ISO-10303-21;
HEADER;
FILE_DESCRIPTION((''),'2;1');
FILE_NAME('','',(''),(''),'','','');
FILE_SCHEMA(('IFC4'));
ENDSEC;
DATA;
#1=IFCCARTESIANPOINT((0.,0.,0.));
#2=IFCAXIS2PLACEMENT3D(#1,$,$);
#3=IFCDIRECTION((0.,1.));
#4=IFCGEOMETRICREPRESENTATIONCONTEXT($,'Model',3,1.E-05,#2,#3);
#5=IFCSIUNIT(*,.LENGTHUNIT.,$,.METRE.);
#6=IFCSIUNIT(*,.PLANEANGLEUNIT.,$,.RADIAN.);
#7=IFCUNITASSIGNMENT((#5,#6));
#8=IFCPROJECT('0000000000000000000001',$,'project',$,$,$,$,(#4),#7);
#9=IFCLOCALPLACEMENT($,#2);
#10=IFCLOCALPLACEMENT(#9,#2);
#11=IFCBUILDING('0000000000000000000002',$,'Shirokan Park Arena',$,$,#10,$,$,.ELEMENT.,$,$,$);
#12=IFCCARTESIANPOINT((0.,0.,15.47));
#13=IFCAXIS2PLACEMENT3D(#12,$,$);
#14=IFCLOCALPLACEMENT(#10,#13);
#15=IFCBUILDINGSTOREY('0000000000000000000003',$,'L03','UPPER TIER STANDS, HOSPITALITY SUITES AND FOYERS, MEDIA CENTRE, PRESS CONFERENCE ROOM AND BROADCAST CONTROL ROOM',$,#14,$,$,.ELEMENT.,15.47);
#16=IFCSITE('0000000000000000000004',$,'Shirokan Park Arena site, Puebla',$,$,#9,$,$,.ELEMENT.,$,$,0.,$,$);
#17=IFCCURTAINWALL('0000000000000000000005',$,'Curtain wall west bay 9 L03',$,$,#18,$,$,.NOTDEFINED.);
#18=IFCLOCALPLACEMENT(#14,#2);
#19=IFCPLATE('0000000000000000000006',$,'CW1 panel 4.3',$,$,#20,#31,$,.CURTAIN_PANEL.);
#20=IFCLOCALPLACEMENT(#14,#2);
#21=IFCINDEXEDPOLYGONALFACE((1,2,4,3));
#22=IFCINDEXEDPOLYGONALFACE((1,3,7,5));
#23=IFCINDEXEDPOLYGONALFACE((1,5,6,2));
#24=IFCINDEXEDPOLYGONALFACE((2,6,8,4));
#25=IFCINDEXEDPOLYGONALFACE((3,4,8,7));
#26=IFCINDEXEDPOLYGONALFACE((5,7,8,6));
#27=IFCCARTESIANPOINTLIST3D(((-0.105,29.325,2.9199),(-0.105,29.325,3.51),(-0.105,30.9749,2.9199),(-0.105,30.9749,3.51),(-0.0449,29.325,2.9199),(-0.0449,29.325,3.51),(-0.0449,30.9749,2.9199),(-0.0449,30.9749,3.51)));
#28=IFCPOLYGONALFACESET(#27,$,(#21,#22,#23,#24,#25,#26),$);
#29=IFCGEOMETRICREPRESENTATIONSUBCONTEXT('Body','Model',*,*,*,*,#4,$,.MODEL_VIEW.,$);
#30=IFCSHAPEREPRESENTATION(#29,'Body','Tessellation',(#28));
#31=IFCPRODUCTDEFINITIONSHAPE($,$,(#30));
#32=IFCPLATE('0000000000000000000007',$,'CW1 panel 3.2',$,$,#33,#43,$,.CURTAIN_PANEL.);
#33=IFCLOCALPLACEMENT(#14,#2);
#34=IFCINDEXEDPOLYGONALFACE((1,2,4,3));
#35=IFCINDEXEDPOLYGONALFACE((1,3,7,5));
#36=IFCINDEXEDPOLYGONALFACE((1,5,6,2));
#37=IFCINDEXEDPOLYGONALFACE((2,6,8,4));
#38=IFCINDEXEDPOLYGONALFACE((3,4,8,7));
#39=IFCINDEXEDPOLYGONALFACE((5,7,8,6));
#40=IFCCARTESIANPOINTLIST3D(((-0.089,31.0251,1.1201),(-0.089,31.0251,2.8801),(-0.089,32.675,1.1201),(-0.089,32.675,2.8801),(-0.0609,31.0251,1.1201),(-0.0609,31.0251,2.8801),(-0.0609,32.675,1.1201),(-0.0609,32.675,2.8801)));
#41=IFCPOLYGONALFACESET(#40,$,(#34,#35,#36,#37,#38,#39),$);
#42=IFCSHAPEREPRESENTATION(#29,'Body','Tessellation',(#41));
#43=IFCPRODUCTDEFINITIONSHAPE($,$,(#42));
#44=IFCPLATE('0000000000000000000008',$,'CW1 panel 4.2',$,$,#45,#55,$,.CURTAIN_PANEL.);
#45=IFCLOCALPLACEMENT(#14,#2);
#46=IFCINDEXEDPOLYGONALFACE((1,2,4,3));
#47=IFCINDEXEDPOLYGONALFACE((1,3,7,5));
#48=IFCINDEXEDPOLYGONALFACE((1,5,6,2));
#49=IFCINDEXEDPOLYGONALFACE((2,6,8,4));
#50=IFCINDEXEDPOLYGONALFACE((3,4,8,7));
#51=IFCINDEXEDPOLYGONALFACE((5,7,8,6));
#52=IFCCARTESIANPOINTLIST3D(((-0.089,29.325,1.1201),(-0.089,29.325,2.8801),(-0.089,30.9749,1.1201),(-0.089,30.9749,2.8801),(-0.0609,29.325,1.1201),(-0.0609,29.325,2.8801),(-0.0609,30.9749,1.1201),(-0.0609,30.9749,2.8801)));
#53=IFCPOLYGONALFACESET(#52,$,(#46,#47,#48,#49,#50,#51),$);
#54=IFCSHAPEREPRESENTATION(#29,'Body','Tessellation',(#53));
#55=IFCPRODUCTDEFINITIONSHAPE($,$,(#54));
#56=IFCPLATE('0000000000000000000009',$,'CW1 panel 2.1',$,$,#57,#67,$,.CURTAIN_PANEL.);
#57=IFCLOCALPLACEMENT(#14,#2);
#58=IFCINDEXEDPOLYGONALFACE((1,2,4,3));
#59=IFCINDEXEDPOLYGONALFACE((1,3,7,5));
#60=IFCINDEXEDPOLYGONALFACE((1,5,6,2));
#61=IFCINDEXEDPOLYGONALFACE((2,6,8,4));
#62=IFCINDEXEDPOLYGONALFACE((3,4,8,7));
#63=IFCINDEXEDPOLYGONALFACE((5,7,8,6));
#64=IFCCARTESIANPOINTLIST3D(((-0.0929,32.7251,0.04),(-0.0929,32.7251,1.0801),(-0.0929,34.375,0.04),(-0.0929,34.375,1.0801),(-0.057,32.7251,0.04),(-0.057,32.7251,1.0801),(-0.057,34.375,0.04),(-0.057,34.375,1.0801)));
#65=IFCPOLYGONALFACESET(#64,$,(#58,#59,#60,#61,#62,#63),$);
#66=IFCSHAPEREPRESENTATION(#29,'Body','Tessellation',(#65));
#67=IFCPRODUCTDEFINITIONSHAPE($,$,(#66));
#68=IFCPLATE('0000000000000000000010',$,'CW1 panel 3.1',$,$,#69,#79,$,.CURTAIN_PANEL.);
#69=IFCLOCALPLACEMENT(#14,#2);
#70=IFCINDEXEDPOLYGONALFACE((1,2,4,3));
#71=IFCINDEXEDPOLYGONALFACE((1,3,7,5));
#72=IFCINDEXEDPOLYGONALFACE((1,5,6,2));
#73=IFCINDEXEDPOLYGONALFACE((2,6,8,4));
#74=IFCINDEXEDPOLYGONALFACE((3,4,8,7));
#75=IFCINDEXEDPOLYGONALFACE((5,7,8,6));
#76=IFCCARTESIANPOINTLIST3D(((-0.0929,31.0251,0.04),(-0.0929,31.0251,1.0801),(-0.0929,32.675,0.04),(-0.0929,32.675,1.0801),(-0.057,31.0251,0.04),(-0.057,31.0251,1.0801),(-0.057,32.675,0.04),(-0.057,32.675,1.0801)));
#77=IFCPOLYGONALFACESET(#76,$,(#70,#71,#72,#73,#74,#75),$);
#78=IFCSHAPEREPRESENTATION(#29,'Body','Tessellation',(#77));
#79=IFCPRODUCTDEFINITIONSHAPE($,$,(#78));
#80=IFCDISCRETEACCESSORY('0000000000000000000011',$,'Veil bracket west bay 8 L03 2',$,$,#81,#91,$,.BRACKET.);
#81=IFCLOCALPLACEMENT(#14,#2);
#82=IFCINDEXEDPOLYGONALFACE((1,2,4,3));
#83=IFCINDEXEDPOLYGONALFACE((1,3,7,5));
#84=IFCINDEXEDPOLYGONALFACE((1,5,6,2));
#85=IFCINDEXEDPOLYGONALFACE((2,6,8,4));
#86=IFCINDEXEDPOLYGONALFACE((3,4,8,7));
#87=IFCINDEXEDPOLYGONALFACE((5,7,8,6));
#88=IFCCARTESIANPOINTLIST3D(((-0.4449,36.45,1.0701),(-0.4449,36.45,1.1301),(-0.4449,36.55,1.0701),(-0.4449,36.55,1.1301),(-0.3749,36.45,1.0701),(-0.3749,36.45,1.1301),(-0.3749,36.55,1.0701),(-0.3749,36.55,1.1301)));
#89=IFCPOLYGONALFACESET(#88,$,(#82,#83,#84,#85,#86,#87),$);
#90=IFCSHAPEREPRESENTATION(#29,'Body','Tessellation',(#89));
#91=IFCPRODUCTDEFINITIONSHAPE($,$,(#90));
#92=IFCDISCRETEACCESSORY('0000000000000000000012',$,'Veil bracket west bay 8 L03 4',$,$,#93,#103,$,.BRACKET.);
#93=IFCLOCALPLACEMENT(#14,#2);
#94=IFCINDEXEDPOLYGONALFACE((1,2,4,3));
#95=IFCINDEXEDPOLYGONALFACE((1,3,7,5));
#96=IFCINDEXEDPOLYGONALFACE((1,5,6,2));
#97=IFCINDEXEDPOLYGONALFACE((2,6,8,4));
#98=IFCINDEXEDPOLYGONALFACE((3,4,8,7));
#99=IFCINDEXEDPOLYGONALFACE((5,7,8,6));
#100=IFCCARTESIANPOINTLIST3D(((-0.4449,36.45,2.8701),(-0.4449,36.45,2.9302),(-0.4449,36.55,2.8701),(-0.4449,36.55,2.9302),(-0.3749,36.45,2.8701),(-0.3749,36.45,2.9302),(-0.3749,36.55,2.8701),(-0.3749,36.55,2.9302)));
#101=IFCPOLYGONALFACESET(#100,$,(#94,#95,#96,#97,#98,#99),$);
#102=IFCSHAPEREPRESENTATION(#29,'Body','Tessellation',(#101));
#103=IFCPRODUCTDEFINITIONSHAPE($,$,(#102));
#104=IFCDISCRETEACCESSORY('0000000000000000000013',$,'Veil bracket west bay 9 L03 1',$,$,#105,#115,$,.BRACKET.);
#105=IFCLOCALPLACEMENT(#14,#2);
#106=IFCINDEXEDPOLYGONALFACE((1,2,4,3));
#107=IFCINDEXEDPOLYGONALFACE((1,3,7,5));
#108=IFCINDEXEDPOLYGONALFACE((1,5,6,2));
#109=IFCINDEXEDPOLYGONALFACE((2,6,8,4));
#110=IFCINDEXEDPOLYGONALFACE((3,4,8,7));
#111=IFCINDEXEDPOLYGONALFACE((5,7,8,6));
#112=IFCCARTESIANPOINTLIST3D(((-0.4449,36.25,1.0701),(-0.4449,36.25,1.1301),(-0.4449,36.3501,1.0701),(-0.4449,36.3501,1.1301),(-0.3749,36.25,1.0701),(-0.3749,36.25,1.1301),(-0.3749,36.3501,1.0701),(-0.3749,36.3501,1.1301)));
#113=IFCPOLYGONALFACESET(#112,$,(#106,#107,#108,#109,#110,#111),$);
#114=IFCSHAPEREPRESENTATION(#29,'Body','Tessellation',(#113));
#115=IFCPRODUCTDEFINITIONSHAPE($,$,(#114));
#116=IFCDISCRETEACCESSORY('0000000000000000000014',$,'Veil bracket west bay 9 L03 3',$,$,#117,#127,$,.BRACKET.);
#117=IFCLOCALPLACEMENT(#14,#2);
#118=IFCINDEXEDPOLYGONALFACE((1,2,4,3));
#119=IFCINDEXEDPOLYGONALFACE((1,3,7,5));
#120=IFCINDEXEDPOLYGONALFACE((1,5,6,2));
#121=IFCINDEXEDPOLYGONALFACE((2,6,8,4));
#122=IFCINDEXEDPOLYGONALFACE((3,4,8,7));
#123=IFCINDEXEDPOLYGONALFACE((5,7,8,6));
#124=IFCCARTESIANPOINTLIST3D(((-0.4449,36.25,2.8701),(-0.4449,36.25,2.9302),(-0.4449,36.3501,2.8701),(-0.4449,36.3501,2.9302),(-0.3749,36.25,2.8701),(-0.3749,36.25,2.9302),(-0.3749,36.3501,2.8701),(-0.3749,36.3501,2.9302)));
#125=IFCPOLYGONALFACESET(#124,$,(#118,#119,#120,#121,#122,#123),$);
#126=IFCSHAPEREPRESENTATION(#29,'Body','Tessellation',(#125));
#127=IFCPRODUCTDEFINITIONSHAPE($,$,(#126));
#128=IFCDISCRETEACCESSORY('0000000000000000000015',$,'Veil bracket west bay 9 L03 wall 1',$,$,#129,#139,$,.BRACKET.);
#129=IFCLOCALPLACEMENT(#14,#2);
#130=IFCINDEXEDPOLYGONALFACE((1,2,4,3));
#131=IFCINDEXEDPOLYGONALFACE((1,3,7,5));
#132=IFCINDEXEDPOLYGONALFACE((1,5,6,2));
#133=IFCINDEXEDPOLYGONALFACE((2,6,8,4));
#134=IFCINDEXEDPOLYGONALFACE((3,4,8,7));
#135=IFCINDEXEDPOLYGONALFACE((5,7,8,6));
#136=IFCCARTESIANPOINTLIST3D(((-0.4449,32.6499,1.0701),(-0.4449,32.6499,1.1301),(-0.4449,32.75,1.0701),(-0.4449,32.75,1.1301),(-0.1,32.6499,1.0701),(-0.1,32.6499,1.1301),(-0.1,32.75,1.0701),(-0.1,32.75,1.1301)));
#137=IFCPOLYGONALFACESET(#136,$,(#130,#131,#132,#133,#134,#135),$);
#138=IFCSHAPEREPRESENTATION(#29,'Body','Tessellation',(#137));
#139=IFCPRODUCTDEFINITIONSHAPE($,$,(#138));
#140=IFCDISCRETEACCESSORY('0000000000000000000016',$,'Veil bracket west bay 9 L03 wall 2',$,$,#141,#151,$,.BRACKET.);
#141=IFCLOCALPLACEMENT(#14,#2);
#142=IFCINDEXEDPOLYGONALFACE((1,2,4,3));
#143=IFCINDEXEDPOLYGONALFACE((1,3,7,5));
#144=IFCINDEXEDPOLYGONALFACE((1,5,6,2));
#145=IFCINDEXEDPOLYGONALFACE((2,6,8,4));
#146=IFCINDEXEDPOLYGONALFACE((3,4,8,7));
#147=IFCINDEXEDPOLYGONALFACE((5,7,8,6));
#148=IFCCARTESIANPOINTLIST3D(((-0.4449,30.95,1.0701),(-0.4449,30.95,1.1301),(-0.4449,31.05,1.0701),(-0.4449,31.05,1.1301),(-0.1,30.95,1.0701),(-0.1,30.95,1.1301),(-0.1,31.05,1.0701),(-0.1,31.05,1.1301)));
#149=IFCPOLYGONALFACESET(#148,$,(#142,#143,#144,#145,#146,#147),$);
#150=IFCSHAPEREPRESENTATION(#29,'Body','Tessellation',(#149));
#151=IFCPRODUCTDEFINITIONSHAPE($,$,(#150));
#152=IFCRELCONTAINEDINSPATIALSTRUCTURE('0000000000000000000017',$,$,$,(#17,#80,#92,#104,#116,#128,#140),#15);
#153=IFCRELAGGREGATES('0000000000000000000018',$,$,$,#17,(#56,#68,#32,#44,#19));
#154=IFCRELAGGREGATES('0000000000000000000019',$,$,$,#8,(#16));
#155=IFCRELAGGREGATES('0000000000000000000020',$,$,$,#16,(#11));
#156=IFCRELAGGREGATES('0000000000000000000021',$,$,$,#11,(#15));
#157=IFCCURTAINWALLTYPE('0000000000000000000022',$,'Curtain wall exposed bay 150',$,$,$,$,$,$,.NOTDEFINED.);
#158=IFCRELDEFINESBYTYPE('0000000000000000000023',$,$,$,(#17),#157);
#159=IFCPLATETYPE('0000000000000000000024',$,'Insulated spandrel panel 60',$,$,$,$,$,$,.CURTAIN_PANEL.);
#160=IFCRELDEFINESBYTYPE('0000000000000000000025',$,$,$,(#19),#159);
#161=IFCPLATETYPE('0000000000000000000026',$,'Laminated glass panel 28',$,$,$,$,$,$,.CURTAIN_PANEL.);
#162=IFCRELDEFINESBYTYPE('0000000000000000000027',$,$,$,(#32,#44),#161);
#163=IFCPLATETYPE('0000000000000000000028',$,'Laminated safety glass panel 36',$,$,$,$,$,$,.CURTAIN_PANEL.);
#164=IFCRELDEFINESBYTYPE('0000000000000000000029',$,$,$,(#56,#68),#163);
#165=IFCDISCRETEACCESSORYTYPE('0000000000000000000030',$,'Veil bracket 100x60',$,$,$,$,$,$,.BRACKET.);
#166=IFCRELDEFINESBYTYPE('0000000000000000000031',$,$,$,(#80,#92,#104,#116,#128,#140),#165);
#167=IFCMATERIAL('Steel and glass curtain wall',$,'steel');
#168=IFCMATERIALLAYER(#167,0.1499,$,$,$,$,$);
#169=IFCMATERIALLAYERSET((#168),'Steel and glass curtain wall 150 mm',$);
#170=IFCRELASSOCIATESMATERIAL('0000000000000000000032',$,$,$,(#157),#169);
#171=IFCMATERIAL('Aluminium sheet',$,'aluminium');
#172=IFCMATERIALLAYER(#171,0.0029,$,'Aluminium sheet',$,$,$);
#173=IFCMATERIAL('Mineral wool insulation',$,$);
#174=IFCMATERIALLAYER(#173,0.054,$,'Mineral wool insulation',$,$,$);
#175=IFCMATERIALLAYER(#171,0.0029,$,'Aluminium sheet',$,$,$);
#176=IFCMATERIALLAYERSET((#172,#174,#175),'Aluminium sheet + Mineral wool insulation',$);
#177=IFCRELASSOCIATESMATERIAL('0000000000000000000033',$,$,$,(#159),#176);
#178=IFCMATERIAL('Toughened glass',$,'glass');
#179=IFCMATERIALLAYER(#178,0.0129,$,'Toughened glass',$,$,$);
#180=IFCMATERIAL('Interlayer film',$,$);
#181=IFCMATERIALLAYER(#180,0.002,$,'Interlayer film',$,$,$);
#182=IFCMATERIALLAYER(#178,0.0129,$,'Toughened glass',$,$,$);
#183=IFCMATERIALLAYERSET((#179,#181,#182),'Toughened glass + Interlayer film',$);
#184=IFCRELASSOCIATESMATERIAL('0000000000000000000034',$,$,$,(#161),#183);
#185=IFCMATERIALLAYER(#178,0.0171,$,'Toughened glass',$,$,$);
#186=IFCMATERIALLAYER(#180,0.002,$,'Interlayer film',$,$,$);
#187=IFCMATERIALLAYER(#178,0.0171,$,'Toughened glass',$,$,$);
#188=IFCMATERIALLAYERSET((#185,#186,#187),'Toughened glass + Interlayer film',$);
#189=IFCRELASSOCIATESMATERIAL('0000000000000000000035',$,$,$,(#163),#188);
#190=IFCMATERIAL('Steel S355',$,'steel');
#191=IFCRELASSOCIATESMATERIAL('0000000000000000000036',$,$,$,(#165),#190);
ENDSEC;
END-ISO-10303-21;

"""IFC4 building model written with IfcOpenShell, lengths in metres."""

from ifc_helpers import new_model, si_unit, direction, frame, origin, origin_2d, place, context, subcontext, project, spatial, rectangle, extrude, material, layer, layer_set, type_object, element, aggregate, save


model = new_model("IFC4")

# Units and contexts
model_context = context("Model", 3, precision=1e-05, world=origin(), true_north=direction((0.0, 1.0)))
body_context = subcontext(model_context, "Body", "Model", "MODEL_VIEW")
ifc_project = project(units=[si_unit("LENGTHUNIT", "METRE"), si_unit("PLANEANGLEUNIT", "RADIAN")], contexts=[model_context])

# Site, building, storey
site_placement = place(None, origin())
site = spatial("IfcSite", under=ifc_project, at=site_placement, Name="Shirokan Park Arena site, Puebla", CompositionType="ELEMENT", RefElevation=0.0)
building_placement = place(site_placement, origin())
building = spatial("IfcBuilding", under=site, at=building_placement, Name="Shirokan Park Arena", CompositionType="ELEMENT")
storey_placement = place(building_placement, frame((0.0, 0.0, 15.47)))
storey = spatial("IfcBuildingStorey", under=building, at=storey_placement, Name="L03", Description="UPPER TIER STANDS, HOSPITALITY SUITES AND FOYERS, MEDIA CENTRE, PRESS CONFERENCE ROOM AND BROADCAST CONTROL ROOM", CompositionType="ELEMENT", Elevation=15.47)

# Curtain wall, plates
ifc_material_1 = material(Name="Steel and glass curtain wall", Category="steel")
ifc_layer_1 = layer(ifc_material_1, 0.1499)
ifc_layer_set_1 = layer_set([ifc_layer_1], Name="Steel and glass curtain wall 150 mm")
curtain_wall_type = type_object("IfcCurtainWallType", Name="Curtain wall exposed bay 150", PredefinedType="NOTDEFINED", material=ifc_layer_set_1)
curtain_wall_placement = place(storey_placement, origin())
curtain_wall = element("IfcCurtainWall", 1, at=curtain_wall_placement, inside=storey, type_object=curtain_wall_type, Name="Curtain wall west bay 9 L03", PredefinedType="NOTDEFINED")
ifc_material_2 = material(Name="Steel S355", Category="steel")
ifc_material_3 = material(Name="Aluminium sheet", Category="aluminium")
ifc_layer_2 = layer(ifc_material_3, 0.0029, Name="Aluminium sheet")
ifc_material_4 = material(Name="Mineral wool insulation")
ifc_layer_3 = layer(ifc_material_4, 0.054, Name="Mineral wool insulation")
ifc_layer_4 = layer(ifc_material_3, 0.0029, Name="Aluminium sheet")
ifc_layer_set_2 = layer_set([ifc_layer_2, ifc_layer_3, ifc_layer_4], Name="Aluminium sheet + Mineral wool insulation")
plate_type_1 = type_object("IfcPlateType", Name="Insulated spandrel panel 60", PredefinedType="CURTAIN_PANEL", material=ifc_layer_set_2)
plate_1_placement = place(storey_placement, frame((-0.075, 30.1499, 2.9199), z_axis=(0.0, 0.0, 1.0), x_axis=(0.0, -1.0, 0.0)))
plate_1 = element("IfcPlate", 2, at=plate_1_placement, type_object=plate_type_1, Name="CW1 panel 4.3", PredefinedType="CURTAIN_PANEL", context=body_context, shape_type="SweptSolid", body=[
    extrude(rectangle(XDim=1.6499, YDim=0.0601, at=origin_2d()), origin(), (0.0, 0.0, 1.0), 0.5901),
])
ifc_material_5 = material(Name="Toughened glass", Category="glass")
ifc_layer_5 = layer(ifc_material_5, 0.0129, Name="Toughened glass")
ifc_material_6 = material(Name="Interlayer film")
ifc_layer_6 = layer(ifc_material_6, 0.002, Name="Interlayer film")
ifc_layer_7 = layer(ifc_material_5, 0.0129, Name="Toughened glass")
ifc_layer_set_3 = layer_set([ifc_layer_5, ifc_layer_6, ifc_layer_7], Name="Toughened glass + Interlayer film")
plate_type_2 = type_object("IfcPlateType", Name="Laminated glass panel 28", PredefinedType="CURTAIN_PANEL", material=ifc_layer_set_3)
plate_2_placement = place(storey_placement, frame((-0.075, 31.8501, 1.1201), z_axis=(0.0, 0.0, 1.0), x_axis=(0.0, -1.0, 0.0)))
plate_2 = element("IfcPlate", 3, at=plate_2_placement, type_object=plate_type_2, Name="CW1 panel 3.2", PredefinedType="CURTAIN_PANEL", context=body_context, shape_type="SweptSolid", body=[
    extrude(rectangle(XDim=1.6499, YDim=0.0281, at=origin_2d()), origin(), (0.0, 0.0, 1.0), 1.76),
])
plate_3_placement = place(storey_placement, frame((-0.075, 30.1499, 1.1201), z_axis=(0.0, 0.0, 1.0), x_axis=(0.0, -1.0, 0.0)))
plate_3 = element("IfcPlate", 4, at=plate_3_placement, type_object=plate_type_2, Name="CW1 panel 4.2", PredefinedType="CURTAIN_PANEL", context=body_context, shape_type="SweptSolid", body=[
    extrude(rectangle(XDim=1.6499, YDim=0.0281, at=origin_2d()), origin(), (0.0, 0.0, 1.0), 1.76),
])
ifc_layer_8 = layer(ifc_material_5, 0.0171, Name="Toughened glass")
ifc_layer_9 = layer(ifc_material_6, 0.002, Name="Interlayer film")
ifc_layer_10 = layer(ifc_material_5, 0.0171, Name="Toughened glass")
ifc_layer_set_4 = layer_set([ifc_layer_8, ifc_layer_9, ifc_layer_10], Name="Toughened glass + Interlayer film")
plate_type_3 = type_object("IfcPlateType", Name="Laminated safety glass panel 36", PredefinedType="CURTAIN_PANEL", material=ifc_layer_set_4)
plate_4_placement = place(storey_placement, frame((-0.075, 33.55, 0.04), z_axis=(0.0, 0.0, 1.0), x_axis=(0.0, -1.0, 0.0)))
plate_4 = element("IfcPlate", 5, at=plate_4_placement, type_object=plate_type_3, Name="CW1 panel 2.1", PredefinedType="CURTAIN_PANEL", context=body_context, shape_type="SweptSolid", body=[
    extrude(rectangle(XDim=1.6499, YDim=0.0359, at=origin_2d()), origin(), (0.0, 0.0, 1.0), 1.04),
])
plate_5_placement = place(storey_placement, frame((-0.075, 31.8501, 0.04), z_axis=(0.0, 0.0, 1.0), x_axis=(0.0, -1.0, 0.0)))
plate_5 = element("IfcPlate", 6, at=plate_5_placement, type_object=plate_type_3, Name="CW1 panel 3.1", PredefinedType="CURTAIN_PANEL", context=body_context, shape_type="SweptSolid", body=[
    extrude(rectangle(XDim=1.6499, YDim=0.0359, at=origin_2d()), origin(), (0.0, 0.0, 1.0), 1.04),
])
aggregate(curtain_wall, [plate_4, plate_5, plate_2, plate_3, plate_1])

# Discrete accessories
discrete_accessory_type = type_object("IfcDiscreteAccessoryType", Name="Veil bracket 100x60", PredefinedType="BRACKET", material=ifc_material_2)
for number, where, z_axis, x_axis, name in (
    (7, (-0.4099, 36.5, 1.0701), (0.0, 0.0, 1.0), (0.0, -1.0, 0.0), "Veil bracket west bay 8 L03 2"),
    (8, (-0.4099, 36.5, 2.8701), (0.0, 0.0, 1.0), (0.0, -1.0, 0.0), "Veil bracket west bay 8 L03 4"),
    (9, (-0.4099, 36.3, 1.0701), (0.0, 0.0, 1.0), (0.0, -1.0, 0.0), "Veil bracket west bay 9 L03 1"),
    (10, (-0.4099, 36.3, 2.8701), (0.0, 0.0, 1.0), (0.0, -1.0, 0.0), "Veil bracket west bay 9 L03 3"),
):
    element("IfcDiscreteAccessory", number, at=place(storey_placement, frame(where, z_axis=z_axis, x_axis=x_axis)), inside=storey, type_object=discrete_accessory_type, Name=name, PredefinedType="BRACKET", context=body_context, shape_type="SweptSolid", body=[
        extrude(rectangle(XDim=0.1001, YDim=0.0701, at=origin_2d()), origin(), (0.0, 0.0, 1.0), 0.0601),
    ])
for number, where, z_axis, x_axis, name in (
    (11, (-0.2725, 32.7, 1.0701), (0.0, 0.0, 1.0), (0.0, -1.0, 0.0), "Veil bracket west bay 9 L03 wall 1"),
    (12, (-0.2725, 31.0, 1.0701), (0.0, 0.0, 1.0), (0.0, -1.0, 0.0), "Veil bracket west bay 9 L03 wall 2"),
):
    element("IfcDiscreteAccessory", number, at=place(storey_placement, frame(where, z_axis=z_axis, x_axis=x_axis)), inside=storey, type_object=discrete_accessory_type, Name=name, PredefinedType="BRACKET", context=body_context, shape_type="SweptSolid", body=[
        extrude(rectangle(XDim=0.1001, YDim=0.345, at=origin_2d()), origin(), (0.0, 0.0, 1.0), 0.0601),
    ])

save(model, "model.ifc")
